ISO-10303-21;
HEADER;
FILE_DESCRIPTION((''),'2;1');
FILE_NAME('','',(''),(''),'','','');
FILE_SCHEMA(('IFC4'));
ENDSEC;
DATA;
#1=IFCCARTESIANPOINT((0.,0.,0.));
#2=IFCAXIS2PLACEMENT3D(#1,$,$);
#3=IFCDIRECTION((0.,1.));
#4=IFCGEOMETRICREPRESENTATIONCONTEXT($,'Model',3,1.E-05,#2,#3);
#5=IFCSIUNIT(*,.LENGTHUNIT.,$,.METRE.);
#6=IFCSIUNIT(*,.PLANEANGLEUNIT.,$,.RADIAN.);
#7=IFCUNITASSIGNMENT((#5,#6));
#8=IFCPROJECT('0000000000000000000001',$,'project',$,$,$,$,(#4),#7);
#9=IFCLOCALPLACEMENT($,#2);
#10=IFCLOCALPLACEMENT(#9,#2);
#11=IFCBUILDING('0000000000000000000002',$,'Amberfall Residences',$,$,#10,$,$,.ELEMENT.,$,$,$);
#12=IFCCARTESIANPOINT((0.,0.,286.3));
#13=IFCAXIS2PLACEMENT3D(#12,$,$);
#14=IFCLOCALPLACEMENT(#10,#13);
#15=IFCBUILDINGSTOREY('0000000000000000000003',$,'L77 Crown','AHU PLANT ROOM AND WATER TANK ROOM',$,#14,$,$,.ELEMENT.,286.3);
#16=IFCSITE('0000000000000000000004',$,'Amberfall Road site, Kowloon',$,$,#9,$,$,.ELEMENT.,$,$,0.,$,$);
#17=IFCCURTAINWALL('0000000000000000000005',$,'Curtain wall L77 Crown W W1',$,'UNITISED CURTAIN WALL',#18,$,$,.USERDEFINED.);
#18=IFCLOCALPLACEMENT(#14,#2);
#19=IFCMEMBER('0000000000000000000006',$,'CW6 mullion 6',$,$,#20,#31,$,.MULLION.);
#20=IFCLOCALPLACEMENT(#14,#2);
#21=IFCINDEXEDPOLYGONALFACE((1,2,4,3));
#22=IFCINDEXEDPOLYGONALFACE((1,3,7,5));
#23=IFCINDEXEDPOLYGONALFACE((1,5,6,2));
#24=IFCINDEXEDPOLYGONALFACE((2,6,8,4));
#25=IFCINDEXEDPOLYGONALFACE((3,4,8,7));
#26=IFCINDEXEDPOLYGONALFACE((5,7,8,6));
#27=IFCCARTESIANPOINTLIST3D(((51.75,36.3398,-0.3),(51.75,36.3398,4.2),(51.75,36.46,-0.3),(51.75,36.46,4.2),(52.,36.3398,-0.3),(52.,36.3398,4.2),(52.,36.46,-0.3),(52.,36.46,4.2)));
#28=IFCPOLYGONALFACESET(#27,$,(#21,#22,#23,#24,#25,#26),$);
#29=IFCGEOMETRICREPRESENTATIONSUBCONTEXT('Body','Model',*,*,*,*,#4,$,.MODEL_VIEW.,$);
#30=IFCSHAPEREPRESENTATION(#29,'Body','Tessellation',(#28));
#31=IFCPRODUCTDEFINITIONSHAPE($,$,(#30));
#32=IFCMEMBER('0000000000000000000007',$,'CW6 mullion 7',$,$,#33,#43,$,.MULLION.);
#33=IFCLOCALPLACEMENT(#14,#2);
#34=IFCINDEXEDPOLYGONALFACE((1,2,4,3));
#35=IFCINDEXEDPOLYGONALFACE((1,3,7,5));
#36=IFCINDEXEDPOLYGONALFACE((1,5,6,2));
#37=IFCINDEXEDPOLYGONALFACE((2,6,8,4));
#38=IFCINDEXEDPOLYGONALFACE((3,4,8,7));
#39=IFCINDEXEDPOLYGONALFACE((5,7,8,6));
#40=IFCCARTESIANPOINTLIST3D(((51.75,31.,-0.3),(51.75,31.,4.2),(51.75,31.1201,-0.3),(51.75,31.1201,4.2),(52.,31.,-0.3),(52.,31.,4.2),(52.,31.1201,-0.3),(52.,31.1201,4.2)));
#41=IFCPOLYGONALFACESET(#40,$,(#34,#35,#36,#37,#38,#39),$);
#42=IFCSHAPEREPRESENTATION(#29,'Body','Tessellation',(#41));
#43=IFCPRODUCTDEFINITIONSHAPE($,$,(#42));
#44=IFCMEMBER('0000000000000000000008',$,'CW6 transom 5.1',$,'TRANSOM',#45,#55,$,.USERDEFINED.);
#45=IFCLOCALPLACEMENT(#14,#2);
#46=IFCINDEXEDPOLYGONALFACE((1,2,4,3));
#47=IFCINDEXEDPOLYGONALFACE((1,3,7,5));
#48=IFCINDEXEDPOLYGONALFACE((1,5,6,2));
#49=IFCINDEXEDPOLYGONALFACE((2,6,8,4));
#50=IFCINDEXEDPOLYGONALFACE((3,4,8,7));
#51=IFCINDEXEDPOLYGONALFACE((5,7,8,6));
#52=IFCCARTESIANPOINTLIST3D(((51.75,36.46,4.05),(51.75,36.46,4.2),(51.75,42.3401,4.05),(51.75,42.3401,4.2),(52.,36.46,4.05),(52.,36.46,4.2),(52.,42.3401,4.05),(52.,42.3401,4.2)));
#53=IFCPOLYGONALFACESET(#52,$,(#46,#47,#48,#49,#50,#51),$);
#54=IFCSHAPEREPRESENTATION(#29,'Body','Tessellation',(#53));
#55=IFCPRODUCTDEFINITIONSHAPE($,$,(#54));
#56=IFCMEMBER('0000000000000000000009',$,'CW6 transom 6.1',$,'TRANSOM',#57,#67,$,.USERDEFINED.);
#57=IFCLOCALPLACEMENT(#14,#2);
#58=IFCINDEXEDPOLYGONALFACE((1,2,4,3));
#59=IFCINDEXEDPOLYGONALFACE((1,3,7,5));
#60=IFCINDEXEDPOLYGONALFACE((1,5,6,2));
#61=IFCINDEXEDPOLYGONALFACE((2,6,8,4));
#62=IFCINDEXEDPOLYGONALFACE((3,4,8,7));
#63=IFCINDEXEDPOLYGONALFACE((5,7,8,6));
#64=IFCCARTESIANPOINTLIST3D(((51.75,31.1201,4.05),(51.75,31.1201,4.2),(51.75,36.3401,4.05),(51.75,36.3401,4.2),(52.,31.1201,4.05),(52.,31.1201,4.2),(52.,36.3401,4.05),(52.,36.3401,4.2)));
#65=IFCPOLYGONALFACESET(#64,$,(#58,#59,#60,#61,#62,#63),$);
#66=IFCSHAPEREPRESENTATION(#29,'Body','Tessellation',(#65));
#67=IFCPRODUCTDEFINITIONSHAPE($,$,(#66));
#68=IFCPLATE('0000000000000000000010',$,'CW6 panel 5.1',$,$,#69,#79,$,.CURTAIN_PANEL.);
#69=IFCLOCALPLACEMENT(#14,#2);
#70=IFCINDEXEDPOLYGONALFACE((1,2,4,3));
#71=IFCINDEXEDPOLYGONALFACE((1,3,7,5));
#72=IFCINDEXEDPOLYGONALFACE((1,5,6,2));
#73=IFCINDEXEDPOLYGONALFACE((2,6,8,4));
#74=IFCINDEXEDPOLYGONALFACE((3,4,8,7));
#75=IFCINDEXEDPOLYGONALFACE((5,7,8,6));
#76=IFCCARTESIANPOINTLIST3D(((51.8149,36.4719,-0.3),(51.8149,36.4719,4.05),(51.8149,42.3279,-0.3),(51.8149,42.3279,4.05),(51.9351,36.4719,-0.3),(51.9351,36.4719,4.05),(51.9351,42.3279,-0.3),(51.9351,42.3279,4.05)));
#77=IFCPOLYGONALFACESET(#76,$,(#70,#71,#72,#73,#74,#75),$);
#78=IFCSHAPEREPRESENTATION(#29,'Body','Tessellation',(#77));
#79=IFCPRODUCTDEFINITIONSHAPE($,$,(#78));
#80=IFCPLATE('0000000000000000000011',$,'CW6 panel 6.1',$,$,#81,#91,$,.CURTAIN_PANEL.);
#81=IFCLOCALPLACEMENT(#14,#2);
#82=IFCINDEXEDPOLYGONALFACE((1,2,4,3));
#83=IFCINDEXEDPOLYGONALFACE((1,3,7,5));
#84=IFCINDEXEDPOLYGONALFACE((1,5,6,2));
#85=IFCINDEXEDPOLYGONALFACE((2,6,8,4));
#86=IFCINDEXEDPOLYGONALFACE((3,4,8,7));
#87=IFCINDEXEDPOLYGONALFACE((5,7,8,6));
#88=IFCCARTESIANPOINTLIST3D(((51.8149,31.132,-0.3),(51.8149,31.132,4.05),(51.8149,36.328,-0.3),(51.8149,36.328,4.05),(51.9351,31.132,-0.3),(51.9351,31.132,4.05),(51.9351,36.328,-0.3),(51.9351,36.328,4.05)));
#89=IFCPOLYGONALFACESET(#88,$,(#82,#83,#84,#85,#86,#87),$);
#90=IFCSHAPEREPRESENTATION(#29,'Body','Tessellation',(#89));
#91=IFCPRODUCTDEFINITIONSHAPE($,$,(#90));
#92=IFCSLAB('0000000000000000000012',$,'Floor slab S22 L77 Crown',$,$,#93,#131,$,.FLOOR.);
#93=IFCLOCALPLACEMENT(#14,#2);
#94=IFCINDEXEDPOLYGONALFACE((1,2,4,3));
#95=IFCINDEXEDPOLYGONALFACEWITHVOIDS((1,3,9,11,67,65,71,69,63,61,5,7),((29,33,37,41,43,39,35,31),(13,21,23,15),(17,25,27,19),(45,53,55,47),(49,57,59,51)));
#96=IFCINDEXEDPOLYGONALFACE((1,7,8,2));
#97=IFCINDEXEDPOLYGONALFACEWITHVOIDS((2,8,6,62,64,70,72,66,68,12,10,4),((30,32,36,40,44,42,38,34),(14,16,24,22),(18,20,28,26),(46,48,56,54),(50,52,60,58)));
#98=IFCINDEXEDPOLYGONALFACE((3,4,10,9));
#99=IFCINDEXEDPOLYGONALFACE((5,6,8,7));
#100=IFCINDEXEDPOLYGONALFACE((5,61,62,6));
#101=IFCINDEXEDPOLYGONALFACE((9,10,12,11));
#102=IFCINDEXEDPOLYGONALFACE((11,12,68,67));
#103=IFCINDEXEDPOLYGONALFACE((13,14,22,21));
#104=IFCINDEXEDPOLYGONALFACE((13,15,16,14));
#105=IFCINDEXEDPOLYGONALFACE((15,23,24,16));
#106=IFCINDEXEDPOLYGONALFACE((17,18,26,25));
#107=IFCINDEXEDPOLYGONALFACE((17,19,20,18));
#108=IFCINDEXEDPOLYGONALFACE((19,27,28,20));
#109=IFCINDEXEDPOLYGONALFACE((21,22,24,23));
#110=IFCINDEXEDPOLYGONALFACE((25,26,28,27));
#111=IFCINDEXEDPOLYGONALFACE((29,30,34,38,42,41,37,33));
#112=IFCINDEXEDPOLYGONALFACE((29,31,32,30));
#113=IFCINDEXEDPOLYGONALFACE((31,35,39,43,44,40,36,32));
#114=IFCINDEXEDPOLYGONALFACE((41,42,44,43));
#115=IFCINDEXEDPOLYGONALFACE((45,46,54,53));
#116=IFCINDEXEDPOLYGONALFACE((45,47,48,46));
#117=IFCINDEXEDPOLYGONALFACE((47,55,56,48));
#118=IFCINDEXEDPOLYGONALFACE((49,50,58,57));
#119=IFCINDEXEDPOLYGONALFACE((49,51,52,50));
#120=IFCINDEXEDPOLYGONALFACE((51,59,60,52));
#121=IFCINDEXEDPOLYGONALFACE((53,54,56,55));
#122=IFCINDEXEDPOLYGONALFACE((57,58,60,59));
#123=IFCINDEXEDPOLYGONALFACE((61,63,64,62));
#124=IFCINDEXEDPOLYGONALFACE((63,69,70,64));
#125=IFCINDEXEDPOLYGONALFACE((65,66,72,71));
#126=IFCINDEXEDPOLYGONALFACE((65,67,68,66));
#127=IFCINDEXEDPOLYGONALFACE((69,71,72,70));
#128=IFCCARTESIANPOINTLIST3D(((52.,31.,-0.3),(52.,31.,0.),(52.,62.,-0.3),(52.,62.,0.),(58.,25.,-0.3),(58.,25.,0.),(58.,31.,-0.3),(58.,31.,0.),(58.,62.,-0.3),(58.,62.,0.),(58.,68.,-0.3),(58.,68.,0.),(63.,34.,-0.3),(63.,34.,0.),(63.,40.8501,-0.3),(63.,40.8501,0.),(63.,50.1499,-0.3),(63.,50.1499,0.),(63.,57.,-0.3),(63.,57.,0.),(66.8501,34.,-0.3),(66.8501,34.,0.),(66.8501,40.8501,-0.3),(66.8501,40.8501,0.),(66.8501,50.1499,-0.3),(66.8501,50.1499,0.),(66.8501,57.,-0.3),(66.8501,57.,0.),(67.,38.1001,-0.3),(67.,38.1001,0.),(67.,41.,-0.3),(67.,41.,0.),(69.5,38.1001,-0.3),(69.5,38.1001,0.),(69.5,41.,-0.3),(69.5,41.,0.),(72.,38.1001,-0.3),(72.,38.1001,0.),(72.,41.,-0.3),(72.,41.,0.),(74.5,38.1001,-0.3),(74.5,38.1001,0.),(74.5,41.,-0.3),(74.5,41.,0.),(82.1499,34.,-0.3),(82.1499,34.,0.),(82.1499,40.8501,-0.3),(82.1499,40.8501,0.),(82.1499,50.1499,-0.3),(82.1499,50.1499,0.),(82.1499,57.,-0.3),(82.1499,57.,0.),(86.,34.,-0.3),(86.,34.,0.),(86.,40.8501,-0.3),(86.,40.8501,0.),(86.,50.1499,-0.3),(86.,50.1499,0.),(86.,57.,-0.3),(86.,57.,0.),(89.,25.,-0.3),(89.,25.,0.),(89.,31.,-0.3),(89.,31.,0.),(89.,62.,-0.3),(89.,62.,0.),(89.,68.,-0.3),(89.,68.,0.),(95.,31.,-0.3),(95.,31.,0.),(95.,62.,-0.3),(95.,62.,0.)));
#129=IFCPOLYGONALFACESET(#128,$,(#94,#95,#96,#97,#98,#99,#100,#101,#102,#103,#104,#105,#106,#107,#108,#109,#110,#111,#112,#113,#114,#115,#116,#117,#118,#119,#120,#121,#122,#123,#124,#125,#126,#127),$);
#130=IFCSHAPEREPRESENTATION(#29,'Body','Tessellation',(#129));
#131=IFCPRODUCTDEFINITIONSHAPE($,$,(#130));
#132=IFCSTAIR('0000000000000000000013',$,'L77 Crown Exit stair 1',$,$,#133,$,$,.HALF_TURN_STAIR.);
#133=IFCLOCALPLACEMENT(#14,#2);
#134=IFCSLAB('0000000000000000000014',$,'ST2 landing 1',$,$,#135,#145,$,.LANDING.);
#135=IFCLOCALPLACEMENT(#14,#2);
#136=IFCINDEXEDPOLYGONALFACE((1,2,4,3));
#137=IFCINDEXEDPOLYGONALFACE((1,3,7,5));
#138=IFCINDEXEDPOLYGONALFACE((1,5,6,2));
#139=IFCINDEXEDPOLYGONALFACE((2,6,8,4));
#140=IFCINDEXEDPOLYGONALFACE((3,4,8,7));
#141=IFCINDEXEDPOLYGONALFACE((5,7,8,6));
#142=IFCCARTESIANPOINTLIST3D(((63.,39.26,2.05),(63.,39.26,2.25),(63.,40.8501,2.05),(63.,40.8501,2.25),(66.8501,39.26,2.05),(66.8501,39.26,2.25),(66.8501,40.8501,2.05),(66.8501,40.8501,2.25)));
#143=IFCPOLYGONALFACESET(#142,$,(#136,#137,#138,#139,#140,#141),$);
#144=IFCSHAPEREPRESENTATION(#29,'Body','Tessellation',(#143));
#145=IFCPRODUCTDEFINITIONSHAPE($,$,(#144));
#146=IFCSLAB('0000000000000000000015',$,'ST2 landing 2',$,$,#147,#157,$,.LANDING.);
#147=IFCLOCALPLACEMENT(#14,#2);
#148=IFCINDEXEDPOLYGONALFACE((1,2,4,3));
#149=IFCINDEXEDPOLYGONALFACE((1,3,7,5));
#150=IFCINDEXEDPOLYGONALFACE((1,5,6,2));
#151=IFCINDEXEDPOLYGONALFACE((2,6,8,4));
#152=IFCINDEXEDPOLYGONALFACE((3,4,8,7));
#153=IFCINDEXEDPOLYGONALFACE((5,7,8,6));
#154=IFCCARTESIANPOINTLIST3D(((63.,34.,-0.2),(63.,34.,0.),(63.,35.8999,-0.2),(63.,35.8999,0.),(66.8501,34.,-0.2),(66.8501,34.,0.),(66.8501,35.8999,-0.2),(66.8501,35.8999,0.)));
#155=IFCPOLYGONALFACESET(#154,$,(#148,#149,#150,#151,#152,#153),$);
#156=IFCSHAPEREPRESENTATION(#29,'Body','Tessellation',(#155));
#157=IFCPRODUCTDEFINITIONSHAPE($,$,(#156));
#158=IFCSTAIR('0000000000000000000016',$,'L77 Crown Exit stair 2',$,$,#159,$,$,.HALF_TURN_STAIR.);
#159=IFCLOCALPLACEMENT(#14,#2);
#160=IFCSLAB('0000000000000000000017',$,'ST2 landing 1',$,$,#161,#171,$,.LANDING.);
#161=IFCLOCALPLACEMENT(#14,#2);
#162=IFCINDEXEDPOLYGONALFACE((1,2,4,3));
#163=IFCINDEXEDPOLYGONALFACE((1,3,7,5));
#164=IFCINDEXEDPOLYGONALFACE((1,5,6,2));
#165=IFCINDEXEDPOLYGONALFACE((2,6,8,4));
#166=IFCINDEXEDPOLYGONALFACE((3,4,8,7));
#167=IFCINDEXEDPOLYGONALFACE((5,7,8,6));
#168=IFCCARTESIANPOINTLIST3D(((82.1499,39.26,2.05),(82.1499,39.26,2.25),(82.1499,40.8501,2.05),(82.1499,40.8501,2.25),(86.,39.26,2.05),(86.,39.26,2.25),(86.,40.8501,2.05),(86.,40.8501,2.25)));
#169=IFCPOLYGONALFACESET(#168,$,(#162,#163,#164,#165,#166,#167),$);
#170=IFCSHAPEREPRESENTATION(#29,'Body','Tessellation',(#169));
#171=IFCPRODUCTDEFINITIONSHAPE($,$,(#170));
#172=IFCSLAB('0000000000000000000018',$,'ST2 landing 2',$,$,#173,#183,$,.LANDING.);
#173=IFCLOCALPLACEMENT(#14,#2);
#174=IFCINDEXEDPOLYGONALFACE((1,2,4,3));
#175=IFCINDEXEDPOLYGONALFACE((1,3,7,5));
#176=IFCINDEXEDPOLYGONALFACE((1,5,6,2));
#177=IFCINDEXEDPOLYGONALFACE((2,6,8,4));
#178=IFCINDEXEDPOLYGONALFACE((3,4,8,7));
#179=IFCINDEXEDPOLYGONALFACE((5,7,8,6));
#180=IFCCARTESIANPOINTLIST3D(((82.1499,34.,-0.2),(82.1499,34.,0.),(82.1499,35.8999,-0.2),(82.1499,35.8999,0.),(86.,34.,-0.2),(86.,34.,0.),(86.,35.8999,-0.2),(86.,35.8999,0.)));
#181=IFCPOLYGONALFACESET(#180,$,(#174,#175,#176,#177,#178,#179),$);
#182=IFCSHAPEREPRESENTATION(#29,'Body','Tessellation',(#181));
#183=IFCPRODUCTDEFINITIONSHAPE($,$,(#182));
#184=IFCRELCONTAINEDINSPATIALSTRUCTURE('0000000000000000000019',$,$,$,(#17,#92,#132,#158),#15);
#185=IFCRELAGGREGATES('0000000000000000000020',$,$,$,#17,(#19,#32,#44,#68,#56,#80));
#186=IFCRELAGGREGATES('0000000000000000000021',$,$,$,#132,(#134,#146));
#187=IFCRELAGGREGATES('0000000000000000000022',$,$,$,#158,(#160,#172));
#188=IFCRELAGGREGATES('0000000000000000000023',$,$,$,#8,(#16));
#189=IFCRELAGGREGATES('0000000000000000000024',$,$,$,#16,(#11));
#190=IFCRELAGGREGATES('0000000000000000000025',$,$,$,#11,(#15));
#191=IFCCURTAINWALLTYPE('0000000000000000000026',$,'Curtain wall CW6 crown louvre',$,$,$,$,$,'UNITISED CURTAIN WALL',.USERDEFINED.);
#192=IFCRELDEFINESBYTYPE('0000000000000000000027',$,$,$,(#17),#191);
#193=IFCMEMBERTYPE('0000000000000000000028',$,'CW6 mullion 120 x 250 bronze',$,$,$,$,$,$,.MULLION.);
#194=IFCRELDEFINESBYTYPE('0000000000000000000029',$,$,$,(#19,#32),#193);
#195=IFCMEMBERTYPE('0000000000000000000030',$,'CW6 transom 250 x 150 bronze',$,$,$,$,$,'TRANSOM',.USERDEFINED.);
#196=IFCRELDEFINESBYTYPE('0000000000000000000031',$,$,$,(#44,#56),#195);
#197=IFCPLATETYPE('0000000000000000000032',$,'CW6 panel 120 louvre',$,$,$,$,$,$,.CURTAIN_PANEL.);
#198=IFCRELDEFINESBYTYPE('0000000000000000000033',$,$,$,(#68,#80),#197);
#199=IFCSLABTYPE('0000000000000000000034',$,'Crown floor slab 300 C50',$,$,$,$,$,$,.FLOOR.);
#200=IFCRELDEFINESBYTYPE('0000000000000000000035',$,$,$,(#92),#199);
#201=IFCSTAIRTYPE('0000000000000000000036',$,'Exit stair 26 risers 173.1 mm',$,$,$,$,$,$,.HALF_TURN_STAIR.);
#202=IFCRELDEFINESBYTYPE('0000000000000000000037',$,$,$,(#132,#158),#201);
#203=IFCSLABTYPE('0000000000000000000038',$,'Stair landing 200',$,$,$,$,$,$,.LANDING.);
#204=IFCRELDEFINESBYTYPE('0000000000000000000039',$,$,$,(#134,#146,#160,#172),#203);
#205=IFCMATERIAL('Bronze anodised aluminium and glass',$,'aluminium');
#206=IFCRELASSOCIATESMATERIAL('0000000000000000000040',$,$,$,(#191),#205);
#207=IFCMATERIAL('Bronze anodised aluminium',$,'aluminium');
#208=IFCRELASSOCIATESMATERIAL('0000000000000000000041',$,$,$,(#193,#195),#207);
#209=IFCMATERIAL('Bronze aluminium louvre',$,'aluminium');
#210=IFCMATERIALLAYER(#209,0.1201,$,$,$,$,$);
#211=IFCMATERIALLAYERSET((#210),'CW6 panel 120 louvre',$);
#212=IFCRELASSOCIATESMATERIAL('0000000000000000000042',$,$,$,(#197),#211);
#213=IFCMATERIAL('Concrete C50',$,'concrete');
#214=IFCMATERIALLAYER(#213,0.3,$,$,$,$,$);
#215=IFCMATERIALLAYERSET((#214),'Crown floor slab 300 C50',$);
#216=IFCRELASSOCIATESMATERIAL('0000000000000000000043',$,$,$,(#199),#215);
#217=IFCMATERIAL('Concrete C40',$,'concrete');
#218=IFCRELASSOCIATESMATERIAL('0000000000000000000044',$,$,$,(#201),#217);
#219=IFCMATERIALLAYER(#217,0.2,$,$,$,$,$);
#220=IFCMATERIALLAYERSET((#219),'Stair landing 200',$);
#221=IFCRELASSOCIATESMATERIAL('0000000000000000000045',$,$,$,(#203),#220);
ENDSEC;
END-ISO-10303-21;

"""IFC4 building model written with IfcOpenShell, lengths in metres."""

from ifc_helpers import new_model, si_unit, direction, frame, origin, origin_2d, place, context, subcontext, project, spatial, polyline, rectangle, outline, extrude, material, layer, layer_set, material_profile, profile_set, type_object, element, aggregate, save


model = new_model("IFC4")

# Units and contexts
model_context = context("Model", 3, precision=1e-05, world=origin(), true_north=direction((0.0, 1.0)))
body_context = subcontext(model_context, "Body", "Model", "MODEL_VIEW")
ifc_project = project(units=[si_unit("LENGTHUNIT", "METRE"), si_unit("PLANEANGLEUNIT", "RADIAN")], contexts=[model_context])

# Site, building, storey
site_placement = place(None, origin())
site = spatial("IfcSite", under=ifc_project, at=site_placement, Name="Amberfall Road site, Kowloon", CompositionType="ELEMENT", RefElevation=0.0)
building_placement = place(site_placement, origin())
building = spatial("IfcBuilding", under=site, at=building_placement, Name="Amberfall Residences", CompositionType="ELEMENT")
storey_placement = place(building_placement, frame((0.0, 0.0, 286.3)))
storey = spatial("IfcBuildingStorey", under=building, at=storey_placement, Name="L77 Crown", Description="AHU PLANT ROOM AND WATER TANK ROOM", CompositionType="ELEMENT", Elevation=286.3)

# Curtain wall, members, plates
ifc_material_1 = material(Name="Bronze anodised aluminium and glass", Category="aluminium")
curtain_wall_type = type_object("IfcCurtainWallType", Name="Curtain wall CW6 crown louvre", ElementType="UNITISED CURTAIN WALL", PredefinedType="USERDEFINED", material=ifc_material_1)
curtain_wall_placement = place(storey_placement, origin())
curtain_wall = element("IfcCurtainWall", 1, at=curtain_wall_placement, inside=storey, type_object=curtain_wall_type, Name="Curtain wall L77 Crown W W1", ObjectType="UNITISED CURTAIN WALL", PredefinedType="USERDEFINED")
ifc_material_2 = material(Name="Bronze anodised aluminium", Category="aluminium")
ifc_material_profile_1 = material_profile(ifc_material_2, rectangle(XDim=0.25, YDim=0.1201, at=origin_2d()), Name="CW6 mullion 120 x 250 bronze")
ifc_profile_set_1 = profile_set([ifc_material_profile_1], Name="Bronze anodised aluminium")
member_type_1 = type_object("IfcMemberType", Name="CW6 mullion 120 x 250 bronze", PredefinedType="MULLION", material=ifc_profile_set_1)
member_1_placement = place(storey_placement, frame((51.875, 36.3999, -0.3), z_axis=(0.0, 0.0, 1.0), x_axis=(1.0, 0.0, 0.0)))
member_1 = element("IfcMember", 2, at=member_1_placement, type_object=member_type_1, Name="CW6 mullion 6", PredefinedType="MULLION", context=body_context, shape_type="SweptSolid", body=[
    extrude(rectangle(XDim=0.25, YDim=0.1201, at=origin_2d()), origin(), (0.0, 0.0, 1.0), 4.5),
])
member_2_placement = place(storey_placement, frame((51.875, 31.0601, -0.3), z_axis=(0.0, 0.0, 1.0), x_axis=(1.0, 0.0, 0.0)))
member_2 = element("IfcMember", 3, at=member_2_placement, type_object=member_type_1, Name="CW6 mullion 7", PredefinedType="MULLION", context=body_context, shape_type="SweptSolid", body=[
    extrude(rectangle(XDim=0.25, YDim=0.1201, at=origin_2d()), origin(), (0.0, 0.0, 1.0), 4.5),
])
ifc_material_profile_2 = material_profile(ifc_material_2, rectangle(XDim=0.25, YDim=0.1499, at=origin_2d()), Name="CW6 transom 250 x 150 bronze")
ifc_profile_set_2 = profile_set([ifc_material_profile_2], Name="Bronze anodised aluminium")
member_type_2 = type_object("IfcMemberType", Name="CW6 transom 250 x 150 bronze", ElementType="TRANSOM", PredefinedType="USERDEFINED", material=ifc_profile_set_2)
member_3_placement = place(storey_placement, frame((51.875, 42.3401, 4.125), z_axis=(0.0, -1.0, 0.0), x_axis=(1.0, 0.0, 0.0)))
member_3 = element("IfcMember", 4, at=member_3_placement, type_object=member_type_2, Name="CW6 transom 5.1", ObjectType="TRANSOM", PredefinedType="USERDEFINED", context=body_context, shape_type="SweptSolid", body=[
    extrude(rectangle(XDim=0.25, YDim=0.1499, at=origin_2d()), origin(), (0.0, 0.0, 1.0), 5.8801),
])
member_4_placement = place(storey_placement, frame((51.875, 36.3401, 4.125), z_axis=(0.0, -1.0, 0.0), x_axis=(1.0, 0.0, 0.0)))
member_4 = element("IfcMember", 5, at=member_4_placement, type_object=member_type_2, Name="CW6 transom 6.1", ObjectType="TRANSOM", PredefinedType="USERDEFINED", context=body_context, shape_type="SweptSolid", body=[
    extrude(rectangle(XDim=0.25, YDim=0.1499, at=origin_2d()), origin(), (0.0, 0.0, 1.0), 5.22),
])
ifc_material_3 = material(Name="Bronze aluminium louvre", Category="aluminium")
ifc_layer_1 = layer(ifc_material_3, 0.1201)
ifc_layer_set_1 = layer_set([ifc_layer_1], Name="CW6 panel 120 louvre")
plate_type = type_object("IfcPlateType", Name="CW6 panel 120 louvre", PredefinedType="CURTAIN_PANEL", material=ifc_layer_set_1)
plate_1_placement = place(storey_placement, frame((51.875, 39.3999, -0.3), z_axis=(0.0, 0.0, 1.0), x_axis=(0.0, -1.0, 0.0)))
plate_1 = element("IfcPlate", 6, at=plate_1_placement, type_object=plate_type, Name="CW6 panel 5.1", PredefinedType="CURTAIN_PANEL", context=body_context, shape_type="SweptSolid", body=[
    extrude(rectangle(XDim=5.856, YDim=0.1201, at=origin_2d()), origin(), (0.0, 0.0, 1.0), 4.3501),
])
plate_2_placement = place(storey_placement, frame((51.875, 33.73, -0.3), z_axis=(0.0, 0.0, 1.0), x_axis=(0.0, -1.0, 0.0)))
plate_2 = element("IfcPlate", 7, at=plate_2_placement, type_object=plate_type, Name="CW6 panel 6.1", PredefinedType="CURTAIN_PANEL", context=body_context, shape_type="SweptSolid", body=[
    extrude(rectangle(XDim=5.196, YDim=0.1201, at=origin_2d()), origin(), (0.0, 0.0, 1.0), 4.3501),
])
aggregate(curtain_wall, [member_1, member_2, member_3, plate_1, member_4, plate_2])

# Slab
ifc_material_4 = material(Name="Concrete C50", Category="concrete")
ifc_layer_2 = layer(ifc_material_4, 0.3)
ifc_layer_set_2 = layer_set([ifc_layer_2], Name="Crown floor slab 300 C50")
slab_type_1 = type_object("IfcSlabType", Name="Crown floor slab 300 C50", PredefinedType="FLOOR", material=ifc_layer_set_2)
slab_1_placement = place(storey_placement, frame((0.0, 0.0, -0.3)))
element("IfcSlab", 8, at=slab_1_placement, inside=storey, type_object=slab_type_1, Name="Floor slab S22 L77 Crown", PredefinedType="FLOOR", context=body_context, shape_type="SweptSolid", body=[
    extrude(outline(polyline([(89.0, 25.0), (58.0, 25.0), (58.0, 31.0), (52.0, 31.0), (52.0, 62.0), (58.0, 62.0), (58.0, 68.0), (89.0, 68.0), (89.0, 62.0), (95.0, 62.0), (95.0, 31.0), (89.0, 31.0), (89.0, 25.0)]), holes=[polyline([(86.0, 40.8501), (82.1499, 40.8501), (82.1499, 34.0), (86.0, 34.0), (86.0, 40.8501)]), polyline([(86.0, 57.0), (82.1499, 57.0), (82.1499, 50.1499), (86.0, 50.1499), (86.0, 57.0)]), polyline([(69.5, 38.1001), (72.0, 38.1001), (74.5, 38.1001), (74.5, 41.0), (72.0, 41.0), (69.5, 41.0), (67.0, 41.0), (67.0, 38.1001), (69.5, 38.1001)]), polyline([(63.0, 40.8501), (63.0, 34.0), (66.8501, 34.0), (66.8501, 40.8501), (63.0, 40.8501)]), polyline([(66.8501, 57.0), (63.0, 57.0), (63.0, 50.1499), (66.8501, 50.1499), (66.8501, 57.0)])]), origin(), (0.0, 0.0, 1.0), 0.3),
])

# Stairs, slabs
ifc_material_5 = material(Name="Concrete C40", Category="concrete")
stair_type = type_object("IfcStairType", Name="Exit stair 26 risers 173.1 mm", PredefinedType="HALF_TURN_STAIR", material=ifc_material_5)
stair_1_placement = place(storey_placement, origin())
stair_1 = element("IfcStair", 9, at=stair_1_placement, inside=storey, type_object=stair_type, Name="L77 Crown Exit stair 1", PredefinedType="HALF_TURN_STAIR")
ifc_layer_3 = layer(ifc_material_5, 0.2)
ifc_layer_set_3 = layer_set([ifc_layer_3], Name="Stair landing 200")
slab_type_2 = type_object("IfcSlabType", Name="Stair landing 200", PredefinedType="LANDING", material=ifc_layer_set_3)
slab_2_placement = place(storey_placement, frame((0.0, 0.0, 2.05)))
slab_2 = element("IfcSlab", 10, at=slab_2_placement, type_object=slab_type_2, Name="ST2 landing 1", PredefinedType="LANDING", context=body_context, shape_type="SweptSolid", body=[
    extrude(outline(polyline([(66.8501, 39.26), (66.8501, 40.8501), (63.0, 40.8501), (63.0, 39.26), (66.8501, 39.26)])), origin(), (0.0, 0.0, 1.0), 0.2),
])
slab_3_placement = place(storey_placement, frame((0.0, 0.0, -0.2)))
slab_3 = element("IfcSlab", 11, at=slab_3_placement, type_object=slab_type_2, Name="ST2 landing 2", PredefinedType="LANDING", context=body_context, shape_type="SweptSolid", body=[
    extrude(outline(polyline([(66.8501, 34.0), (66.8501, 35.8999), (63.0, 35.8999), (63.0, 34.0), (66.8501, 34.0)])), origin(), (0.0, 0.0, 1.0), 0.2),
])
aggregate(stair_1, [slab_2, slab_3])
stair_2_placement = place(storey_placement, origin())
stair_2 = element("IfcStair", 12, at=stair_2_placement, inside=storey, type_object=stair_type, Name="L77 Crown Exit stair 2", PredefinedType="HALF_TURN_STAIR")
slab_4_placement = place(storey_placement, frame((0.0, 0.0, 2.05)))
slab_4 = element("IfcSlab", 13, at=slab_4_placement, type_object=slab_type_2, Name="ST2 landing 1", PredefinedType="LANDING", context=body_context, shape_type="SweptSolid", body=[
    extrude(outline(polyline([(86.0, 39.26), (86.0, 40.8501), (82.1499, 40.8501), (82.1499, 39.26), (86.0, 39.26)])), origin(), (0.0, 0.0, 1.0), 0.2),
])
slab_5_placement = place(storey_placement, frame((0.0, 0.0, -0.2)))
slab_5 = element("IfcSlab", 14, at=slab_5_placement, type_object=slab_type_2, Name="ST2 landing 2", PredefinedType="LANDING", context=body_context, shape_type="SweptSolid", body=[
    extrude(outline(polyline([(86.0, 34.0), (86.0, 35.8999), (82.1499, 35.8999), (82.1499, 34.0), (86.0, 34.0)])), origin(), (0.0, 0.0, 1.0), 0.2),
])
aggregate(stair_2, [slab_4, slab_5])

save(model, "model.ifc")
